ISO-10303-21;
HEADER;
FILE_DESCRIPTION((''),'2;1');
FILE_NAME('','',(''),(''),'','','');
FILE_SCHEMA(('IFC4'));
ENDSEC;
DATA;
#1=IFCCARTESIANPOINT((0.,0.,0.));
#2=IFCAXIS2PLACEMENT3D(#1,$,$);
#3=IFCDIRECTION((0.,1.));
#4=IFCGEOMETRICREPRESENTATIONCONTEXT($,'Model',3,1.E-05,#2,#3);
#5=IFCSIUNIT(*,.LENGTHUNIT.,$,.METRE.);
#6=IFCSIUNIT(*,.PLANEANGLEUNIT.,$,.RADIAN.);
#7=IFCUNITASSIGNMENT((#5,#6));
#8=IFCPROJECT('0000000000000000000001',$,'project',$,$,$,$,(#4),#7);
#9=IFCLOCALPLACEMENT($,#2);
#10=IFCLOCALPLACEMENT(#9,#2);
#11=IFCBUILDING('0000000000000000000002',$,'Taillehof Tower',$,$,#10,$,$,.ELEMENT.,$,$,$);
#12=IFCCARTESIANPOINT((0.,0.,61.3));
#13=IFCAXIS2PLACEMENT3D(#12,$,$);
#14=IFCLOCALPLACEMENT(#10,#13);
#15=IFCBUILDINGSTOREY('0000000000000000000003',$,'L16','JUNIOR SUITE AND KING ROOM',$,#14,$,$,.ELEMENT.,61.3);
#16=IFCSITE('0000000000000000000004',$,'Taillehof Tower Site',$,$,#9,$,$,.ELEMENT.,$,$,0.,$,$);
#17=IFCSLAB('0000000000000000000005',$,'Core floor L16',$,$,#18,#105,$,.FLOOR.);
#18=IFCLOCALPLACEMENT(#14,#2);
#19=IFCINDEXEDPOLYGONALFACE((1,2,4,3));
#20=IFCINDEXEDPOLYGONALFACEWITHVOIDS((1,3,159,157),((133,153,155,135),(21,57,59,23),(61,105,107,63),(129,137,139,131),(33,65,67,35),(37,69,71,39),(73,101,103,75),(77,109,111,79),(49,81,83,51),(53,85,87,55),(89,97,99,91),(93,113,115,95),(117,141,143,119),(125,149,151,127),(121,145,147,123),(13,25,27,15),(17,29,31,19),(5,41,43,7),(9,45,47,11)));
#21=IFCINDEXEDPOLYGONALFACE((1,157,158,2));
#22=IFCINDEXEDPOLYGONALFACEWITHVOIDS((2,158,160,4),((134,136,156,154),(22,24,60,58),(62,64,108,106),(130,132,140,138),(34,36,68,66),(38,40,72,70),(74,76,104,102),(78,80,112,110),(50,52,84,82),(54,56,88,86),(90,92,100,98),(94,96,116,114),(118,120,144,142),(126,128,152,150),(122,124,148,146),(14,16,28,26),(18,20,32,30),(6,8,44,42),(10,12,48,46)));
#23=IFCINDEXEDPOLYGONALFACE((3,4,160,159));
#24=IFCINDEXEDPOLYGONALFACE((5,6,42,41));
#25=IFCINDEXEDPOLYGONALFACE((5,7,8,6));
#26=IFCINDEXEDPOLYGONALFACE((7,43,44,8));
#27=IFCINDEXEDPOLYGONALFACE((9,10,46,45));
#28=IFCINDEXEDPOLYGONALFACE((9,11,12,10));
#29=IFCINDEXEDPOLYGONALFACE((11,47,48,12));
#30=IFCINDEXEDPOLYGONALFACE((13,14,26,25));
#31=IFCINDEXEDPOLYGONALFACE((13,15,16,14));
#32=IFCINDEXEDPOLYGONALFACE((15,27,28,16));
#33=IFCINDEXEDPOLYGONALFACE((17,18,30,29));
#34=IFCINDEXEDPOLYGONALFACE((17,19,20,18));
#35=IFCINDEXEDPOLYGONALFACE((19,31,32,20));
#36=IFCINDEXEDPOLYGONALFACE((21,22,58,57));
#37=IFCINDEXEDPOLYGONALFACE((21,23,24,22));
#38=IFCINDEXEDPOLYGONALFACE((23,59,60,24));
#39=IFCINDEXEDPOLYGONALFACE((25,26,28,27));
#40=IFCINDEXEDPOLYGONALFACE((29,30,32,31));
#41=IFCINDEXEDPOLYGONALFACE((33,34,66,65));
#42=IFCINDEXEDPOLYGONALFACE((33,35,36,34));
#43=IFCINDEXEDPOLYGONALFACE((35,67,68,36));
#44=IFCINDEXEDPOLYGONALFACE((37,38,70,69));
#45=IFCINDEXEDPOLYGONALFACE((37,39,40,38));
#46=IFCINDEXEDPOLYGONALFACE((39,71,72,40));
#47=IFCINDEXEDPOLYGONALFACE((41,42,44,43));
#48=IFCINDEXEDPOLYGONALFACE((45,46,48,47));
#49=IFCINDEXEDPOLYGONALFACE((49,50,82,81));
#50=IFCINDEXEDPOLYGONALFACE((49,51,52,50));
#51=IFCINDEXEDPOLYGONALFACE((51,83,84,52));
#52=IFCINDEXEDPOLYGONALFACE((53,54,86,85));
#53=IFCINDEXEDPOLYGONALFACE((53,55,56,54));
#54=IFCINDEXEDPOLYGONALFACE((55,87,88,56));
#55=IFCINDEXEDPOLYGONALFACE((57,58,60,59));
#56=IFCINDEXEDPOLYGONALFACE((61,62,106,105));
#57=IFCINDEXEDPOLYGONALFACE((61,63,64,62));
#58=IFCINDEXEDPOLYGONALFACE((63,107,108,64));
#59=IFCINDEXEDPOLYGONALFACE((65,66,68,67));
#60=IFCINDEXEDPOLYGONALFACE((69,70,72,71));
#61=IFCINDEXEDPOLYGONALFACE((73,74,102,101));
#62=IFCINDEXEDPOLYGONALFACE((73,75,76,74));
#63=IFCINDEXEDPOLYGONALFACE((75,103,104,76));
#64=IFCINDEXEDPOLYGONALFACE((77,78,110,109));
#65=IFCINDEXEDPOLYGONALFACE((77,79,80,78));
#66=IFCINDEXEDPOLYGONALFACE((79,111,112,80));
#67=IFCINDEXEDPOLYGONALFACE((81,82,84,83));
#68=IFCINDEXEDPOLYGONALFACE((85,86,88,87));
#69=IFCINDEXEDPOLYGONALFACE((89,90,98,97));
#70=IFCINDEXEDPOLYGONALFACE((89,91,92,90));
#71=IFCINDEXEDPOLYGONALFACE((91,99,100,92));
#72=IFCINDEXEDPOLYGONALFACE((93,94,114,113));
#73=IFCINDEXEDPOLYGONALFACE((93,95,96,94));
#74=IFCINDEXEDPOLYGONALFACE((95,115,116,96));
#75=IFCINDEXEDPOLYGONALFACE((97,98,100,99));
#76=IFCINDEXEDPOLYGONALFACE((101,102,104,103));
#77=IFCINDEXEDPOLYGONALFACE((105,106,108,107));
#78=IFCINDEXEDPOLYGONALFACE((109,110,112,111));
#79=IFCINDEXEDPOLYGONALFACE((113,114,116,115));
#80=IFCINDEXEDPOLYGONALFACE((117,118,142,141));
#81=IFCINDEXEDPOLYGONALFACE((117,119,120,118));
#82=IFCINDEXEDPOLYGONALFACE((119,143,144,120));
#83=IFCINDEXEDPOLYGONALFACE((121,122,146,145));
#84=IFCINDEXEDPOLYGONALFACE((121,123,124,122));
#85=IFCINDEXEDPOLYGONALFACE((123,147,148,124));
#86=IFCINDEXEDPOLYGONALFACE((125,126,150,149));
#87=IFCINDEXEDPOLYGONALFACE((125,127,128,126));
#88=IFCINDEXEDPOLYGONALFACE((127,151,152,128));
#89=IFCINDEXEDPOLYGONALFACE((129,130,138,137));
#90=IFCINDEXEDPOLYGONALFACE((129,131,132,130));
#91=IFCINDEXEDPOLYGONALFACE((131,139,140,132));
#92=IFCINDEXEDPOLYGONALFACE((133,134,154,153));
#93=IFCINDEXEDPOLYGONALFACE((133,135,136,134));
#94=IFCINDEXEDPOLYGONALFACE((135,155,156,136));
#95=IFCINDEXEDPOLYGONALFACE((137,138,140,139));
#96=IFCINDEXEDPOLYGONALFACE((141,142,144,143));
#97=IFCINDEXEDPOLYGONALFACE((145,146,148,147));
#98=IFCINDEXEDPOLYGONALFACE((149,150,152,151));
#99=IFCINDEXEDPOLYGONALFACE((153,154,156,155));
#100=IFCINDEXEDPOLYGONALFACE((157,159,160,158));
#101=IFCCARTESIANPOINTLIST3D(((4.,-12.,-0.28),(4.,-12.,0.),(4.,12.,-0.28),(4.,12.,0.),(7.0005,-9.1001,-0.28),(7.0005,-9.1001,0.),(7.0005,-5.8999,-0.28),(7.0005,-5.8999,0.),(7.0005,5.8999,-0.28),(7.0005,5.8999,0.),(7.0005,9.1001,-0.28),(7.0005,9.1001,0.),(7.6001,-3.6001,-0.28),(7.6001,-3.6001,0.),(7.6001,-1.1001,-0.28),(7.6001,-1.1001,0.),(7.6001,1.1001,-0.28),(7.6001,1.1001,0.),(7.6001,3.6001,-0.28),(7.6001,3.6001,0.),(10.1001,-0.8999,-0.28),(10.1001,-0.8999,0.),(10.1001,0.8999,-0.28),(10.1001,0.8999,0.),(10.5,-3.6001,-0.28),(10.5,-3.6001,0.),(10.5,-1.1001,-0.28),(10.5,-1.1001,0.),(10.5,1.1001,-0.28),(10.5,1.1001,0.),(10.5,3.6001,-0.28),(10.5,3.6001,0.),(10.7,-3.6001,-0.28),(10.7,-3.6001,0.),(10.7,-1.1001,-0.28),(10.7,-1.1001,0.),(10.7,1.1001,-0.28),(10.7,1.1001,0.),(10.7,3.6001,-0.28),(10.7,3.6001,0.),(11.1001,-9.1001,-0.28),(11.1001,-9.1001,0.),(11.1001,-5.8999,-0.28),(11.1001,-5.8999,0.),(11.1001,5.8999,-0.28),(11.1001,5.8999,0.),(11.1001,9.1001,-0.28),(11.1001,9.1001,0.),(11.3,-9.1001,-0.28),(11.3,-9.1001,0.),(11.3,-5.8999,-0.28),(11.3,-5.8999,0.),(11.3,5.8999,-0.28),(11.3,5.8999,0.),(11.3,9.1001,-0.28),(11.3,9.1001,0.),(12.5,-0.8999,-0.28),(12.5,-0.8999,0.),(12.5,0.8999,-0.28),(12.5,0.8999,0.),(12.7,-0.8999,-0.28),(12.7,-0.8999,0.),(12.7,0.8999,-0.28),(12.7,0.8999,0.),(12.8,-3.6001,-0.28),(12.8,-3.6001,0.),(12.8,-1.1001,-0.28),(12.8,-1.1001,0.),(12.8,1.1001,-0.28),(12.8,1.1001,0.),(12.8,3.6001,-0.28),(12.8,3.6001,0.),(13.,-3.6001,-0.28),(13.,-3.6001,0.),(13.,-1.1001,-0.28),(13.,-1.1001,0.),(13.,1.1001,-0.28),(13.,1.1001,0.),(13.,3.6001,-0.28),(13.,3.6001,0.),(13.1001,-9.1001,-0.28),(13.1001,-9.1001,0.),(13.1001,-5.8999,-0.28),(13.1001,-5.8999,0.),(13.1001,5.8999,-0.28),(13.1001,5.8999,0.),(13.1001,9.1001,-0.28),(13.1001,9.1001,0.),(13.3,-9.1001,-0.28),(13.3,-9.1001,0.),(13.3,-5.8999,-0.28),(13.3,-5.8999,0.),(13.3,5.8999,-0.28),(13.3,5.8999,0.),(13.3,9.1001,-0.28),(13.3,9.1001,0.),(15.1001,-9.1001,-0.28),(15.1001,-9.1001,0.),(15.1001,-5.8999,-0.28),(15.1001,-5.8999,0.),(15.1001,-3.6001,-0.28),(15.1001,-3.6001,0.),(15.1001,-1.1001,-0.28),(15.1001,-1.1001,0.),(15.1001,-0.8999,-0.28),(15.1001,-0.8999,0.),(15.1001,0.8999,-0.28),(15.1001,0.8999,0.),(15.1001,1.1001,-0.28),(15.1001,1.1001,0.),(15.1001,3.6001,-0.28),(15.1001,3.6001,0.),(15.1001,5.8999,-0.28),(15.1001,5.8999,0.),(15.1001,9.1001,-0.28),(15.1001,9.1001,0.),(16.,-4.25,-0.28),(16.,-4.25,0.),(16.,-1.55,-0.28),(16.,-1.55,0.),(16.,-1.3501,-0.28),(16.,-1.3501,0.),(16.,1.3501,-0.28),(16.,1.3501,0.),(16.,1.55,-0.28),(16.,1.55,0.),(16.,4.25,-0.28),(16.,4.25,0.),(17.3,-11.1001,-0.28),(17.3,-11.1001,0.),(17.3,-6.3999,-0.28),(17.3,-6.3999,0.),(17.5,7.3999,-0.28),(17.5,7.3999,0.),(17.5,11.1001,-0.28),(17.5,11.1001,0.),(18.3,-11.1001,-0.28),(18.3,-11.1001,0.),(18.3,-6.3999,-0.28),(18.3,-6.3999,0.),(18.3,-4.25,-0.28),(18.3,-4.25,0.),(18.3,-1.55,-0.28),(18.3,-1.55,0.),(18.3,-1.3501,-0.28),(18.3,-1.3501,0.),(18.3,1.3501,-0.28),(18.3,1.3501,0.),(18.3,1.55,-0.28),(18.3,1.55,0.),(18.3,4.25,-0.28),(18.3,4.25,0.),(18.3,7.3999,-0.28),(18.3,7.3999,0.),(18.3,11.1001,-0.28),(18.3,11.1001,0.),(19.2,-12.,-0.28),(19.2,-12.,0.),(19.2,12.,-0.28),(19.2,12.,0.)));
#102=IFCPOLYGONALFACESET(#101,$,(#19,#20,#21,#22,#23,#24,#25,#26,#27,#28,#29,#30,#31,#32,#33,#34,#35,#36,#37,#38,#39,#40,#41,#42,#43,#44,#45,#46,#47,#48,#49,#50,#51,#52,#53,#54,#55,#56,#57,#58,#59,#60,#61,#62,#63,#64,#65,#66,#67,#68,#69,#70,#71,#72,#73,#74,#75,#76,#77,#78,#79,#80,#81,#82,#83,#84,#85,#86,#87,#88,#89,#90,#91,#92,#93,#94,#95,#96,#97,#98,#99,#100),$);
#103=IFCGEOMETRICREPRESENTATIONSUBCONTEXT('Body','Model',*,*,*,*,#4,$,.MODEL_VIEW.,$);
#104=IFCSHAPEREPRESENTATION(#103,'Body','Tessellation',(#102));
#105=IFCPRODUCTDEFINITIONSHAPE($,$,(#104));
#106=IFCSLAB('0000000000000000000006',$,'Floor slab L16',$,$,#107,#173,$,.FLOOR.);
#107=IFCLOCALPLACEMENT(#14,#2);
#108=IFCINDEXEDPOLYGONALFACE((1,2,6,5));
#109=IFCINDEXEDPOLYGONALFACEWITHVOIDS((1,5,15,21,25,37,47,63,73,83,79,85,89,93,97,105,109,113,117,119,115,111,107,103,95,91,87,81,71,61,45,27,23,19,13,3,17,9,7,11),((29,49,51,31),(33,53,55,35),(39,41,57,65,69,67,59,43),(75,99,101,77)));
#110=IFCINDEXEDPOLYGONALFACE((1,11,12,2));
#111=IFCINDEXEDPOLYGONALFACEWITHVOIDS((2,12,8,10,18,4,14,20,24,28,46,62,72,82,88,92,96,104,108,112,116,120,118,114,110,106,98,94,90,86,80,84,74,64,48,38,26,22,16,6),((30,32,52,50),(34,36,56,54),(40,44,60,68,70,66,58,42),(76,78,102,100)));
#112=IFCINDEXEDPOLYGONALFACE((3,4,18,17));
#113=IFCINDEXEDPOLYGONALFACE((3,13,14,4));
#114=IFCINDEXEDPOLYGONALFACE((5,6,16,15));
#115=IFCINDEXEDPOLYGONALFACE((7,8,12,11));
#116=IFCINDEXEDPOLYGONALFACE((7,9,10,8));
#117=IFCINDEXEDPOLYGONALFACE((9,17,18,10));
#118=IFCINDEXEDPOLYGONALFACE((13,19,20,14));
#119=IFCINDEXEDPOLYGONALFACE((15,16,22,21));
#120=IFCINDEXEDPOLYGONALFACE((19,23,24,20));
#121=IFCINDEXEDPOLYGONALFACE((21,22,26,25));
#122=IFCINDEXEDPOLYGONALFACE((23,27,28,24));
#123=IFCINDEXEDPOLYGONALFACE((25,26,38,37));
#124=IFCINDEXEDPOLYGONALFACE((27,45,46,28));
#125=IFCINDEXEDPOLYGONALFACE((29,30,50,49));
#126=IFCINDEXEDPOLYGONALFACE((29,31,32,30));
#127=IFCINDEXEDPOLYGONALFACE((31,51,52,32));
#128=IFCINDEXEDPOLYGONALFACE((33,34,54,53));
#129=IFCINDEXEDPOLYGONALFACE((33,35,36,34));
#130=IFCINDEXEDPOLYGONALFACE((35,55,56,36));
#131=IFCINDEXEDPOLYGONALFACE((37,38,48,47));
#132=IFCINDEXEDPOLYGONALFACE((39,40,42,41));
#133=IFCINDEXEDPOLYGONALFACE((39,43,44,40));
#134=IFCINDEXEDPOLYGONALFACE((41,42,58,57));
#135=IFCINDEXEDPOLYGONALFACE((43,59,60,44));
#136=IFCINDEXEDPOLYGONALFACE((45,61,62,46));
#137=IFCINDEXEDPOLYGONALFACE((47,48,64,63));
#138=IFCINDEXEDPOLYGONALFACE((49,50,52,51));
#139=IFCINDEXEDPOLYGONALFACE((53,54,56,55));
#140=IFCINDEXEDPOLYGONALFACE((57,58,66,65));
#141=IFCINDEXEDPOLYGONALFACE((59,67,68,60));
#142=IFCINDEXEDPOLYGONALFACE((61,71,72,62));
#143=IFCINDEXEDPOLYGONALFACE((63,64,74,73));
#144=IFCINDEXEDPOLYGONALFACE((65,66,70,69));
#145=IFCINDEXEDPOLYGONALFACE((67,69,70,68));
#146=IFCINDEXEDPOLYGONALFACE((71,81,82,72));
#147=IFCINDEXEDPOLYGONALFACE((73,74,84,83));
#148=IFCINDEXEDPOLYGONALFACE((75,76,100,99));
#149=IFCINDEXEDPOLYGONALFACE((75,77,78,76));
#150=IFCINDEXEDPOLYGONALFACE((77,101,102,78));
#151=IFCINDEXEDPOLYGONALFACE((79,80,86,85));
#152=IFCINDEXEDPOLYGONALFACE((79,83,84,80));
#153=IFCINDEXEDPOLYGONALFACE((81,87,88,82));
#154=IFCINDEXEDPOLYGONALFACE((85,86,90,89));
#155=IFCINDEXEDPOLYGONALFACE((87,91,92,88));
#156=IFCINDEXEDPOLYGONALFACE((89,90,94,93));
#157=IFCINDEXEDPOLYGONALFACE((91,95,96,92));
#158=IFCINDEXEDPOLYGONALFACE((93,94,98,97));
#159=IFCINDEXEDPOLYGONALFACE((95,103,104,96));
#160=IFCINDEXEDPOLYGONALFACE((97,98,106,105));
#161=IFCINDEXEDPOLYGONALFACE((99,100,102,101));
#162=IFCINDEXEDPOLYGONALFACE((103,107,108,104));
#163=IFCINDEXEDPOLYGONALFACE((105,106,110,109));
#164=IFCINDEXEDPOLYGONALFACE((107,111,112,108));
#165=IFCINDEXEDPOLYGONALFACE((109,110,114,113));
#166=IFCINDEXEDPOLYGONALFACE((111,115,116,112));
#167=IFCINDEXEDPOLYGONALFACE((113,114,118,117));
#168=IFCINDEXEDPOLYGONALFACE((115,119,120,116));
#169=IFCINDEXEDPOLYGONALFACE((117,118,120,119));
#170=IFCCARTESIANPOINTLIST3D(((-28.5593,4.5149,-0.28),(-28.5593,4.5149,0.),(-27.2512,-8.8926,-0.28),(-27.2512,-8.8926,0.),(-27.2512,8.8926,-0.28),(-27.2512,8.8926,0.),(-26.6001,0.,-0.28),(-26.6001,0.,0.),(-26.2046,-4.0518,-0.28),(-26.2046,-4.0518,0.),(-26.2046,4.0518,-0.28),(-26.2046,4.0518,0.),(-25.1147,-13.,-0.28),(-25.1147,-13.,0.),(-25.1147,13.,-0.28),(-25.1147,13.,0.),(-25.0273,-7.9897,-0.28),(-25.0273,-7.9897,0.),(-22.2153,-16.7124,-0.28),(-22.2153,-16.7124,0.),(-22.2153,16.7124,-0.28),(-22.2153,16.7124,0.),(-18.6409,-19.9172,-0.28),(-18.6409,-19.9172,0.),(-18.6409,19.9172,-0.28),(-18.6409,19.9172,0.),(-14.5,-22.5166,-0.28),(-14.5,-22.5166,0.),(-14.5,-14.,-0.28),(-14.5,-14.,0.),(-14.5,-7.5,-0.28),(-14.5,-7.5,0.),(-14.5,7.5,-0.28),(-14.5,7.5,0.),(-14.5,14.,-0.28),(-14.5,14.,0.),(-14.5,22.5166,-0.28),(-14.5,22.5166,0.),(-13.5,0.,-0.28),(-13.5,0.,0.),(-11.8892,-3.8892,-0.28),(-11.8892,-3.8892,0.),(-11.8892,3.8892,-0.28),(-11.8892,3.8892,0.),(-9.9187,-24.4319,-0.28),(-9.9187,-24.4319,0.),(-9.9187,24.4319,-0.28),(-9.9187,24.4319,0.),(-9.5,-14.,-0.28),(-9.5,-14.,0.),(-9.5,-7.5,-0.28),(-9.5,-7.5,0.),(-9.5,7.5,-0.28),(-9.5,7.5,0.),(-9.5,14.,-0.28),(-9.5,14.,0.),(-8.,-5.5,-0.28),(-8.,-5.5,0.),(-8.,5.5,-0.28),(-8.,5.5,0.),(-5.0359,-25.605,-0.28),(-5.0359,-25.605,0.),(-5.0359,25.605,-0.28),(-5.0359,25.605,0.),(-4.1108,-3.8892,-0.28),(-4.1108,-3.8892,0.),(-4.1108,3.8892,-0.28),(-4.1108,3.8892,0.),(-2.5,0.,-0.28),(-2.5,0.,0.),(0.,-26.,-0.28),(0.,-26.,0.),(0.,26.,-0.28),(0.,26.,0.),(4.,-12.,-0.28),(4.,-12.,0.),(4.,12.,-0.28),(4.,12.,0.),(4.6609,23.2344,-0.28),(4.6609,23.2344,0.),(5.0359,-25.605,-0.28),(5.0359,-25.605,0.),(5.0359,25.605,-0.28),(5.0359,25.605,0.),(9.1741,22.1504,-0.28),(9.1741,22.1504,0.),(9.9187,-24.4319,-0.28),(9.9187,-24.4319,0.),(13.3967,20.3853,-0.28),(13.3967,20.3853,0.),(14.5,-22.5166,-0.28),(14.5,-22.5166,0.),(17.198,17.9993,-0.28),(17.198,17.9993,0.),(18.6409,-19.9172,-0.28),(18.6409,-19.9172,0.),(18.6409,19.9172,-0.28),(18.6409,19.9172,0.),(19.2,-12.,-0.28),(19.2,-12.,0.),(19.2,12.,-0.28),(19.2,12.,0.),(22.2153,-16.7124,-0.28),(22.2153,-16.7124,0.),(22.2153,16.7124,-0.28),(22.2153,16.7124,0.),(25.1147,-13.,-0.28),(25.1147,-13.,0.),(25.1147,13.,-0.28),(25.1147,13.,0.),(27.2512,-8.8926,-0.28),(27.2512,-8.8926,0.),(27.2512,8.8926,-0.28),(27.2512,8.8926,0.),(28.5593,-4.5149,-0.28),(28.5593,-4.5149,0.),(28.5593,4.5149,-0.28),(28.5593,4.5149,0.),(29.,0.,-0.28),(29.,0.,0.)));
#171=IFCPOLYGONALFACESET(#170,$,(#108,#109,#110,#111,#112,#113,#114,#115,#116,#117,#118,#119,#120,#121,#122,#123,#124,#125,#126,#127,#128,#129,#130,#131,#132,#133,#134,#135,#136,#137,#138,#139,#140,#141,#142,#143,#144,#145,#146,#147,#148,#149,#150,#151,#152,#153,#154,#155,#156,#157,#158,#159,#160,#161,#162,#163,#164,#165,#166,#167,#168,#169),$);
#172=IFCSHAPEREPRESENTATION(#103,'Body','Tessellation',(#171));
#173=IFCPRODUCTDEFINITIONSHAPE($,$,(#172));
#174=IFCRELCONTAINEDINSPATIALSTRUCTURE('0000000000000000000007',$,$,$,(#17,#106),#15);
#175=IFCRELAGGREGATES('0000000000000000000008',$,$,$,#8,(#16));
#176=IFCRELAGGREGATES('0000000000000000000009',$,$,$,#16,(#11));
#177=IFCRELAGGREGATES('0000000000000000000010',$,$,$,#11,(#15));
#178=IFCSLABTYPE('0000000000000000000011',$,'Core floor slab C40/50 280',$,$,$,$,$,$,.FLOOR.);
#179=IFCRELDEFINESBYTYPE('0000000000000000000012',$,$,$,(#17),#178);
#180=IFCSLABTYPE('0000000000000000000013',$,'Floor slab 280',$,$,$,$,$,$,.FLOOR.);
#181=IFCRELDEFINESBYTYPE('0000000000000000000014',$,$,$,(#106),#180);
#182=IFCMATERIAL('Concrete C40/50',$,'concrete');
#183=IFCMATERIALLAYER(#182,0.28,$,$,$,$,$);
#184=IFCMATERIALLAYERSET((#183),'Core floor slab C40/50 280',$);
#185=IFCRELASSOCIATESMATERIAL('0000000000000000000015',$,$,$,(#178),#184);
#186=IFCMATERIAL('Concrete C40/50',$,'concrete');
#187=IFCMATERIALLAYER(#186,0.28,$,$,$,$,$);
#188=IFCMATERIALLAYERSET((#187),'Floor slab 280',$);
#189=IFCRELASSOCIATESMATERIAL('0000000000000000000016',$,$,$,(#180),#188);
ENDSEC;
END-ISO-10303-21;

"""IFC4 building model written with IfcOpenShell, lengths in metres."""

from ifc_helpers import new_model, si_unit, direction, frame, origin, place, context, subcontext, project, spatial, polyline, outline, extrude, material, layer, layer_set, type_object, element, save


model = new_model("IFC4")

# Units and contexts
model_context = context("Model", 3, precision=1e-05, world=origin(), true_north=direction((0.0, 1.0)))
body_context = subcontext(model_context, "Body", "Model", "MODEL_VIEW")
ifc_project = project(units=[si_unit("LENGTHUNIT", "METRE"), si_unit("PLANEANGLEUNIT", "RADIAN")], contexts=[model_context])

# Site, building, storey
site_placement = place(None, origin())
site = spatial("IfcSite", under=ifc_project, at=site_placement, Name="Taillehof Tower Site", CompositionType="ELEMENT", RefElevation=0.0)
building_placement = place(site_placement, origin())
building = spatial("IfcBuilding", under=site, at=building_placement, Name="Taillehof Tower", CompositionType="ELEMENT")
storey_placement = place(building_placement, frame((0.0, 0.0, 61.3)))
storey = spatial("IfcBuildingStorey", under=building, at=storey_placement, Name="L16", Description="JUNIOR SUITE AND KING ROOM", CompositionType="ELEMENT", Elevation=61.3)

# Slabs
ifc_material_1 = material(Name="Concrete C40/50", Category="concrete")
ifc_layer_1 = layer(ifc_material_1, 0.28)
ifc_layer_set_1 = layer_set([ifc_layer_1], Name="Core floor slab C40/50 280")
slab_type_1 = type_object("IfcSlabType", Name="Core floor slab C40/50 280", PredefinedType="FLOOR", material=ifc_layer_set_1)
slab_1_placement = place(storey_placement, frame((0.0, 0.0, -0.28)))
element("IfcSlab", 1, at=slab_1_placement, inside=storey, type_object=slab_type_1, Name="Core floor L16", PredefinedType="FLOOR", context=body_context, shape_type="SweptSolid", body=[
    extrude(outline(polyline([(4.0, -12.0), (4.0, 12.0), (19.2, 12.0), (19.2, -12.0), (4.0, -12.0)]), holes=[polyline([(7.0005, -9.1001), (11.1001, -9.1001), (11.1001, -5.8999), (7.0005, -5.8999), (7.0005, -9.1001)]), polyline([(13.1001, -9.1001), (13.1001, -5.8999), (11.3, -5.8999), (11.3, -9.1001), (13.1001, -9.1001)]), polyline([(10.5, -3.6001), (10.5, -1.1001), (7.6001, -1.1001), (7.6001, -3.6001), (10.5, -3.6001)]), polyline([(12.8, -3.6001), (12.8, -1.1001), (10.7, -1.1001), (10.7, -3.6001), (12.8, -3.6001)]), polyline([(12.5, -0.8999), (12.5, 0.8999), (10.1001, 0.8999), (10.1001, -0.8999), (12.5, -0.8999)]), polyline([(15.1001, -0.8999), (15.1001, 0.8999), (12.7, 0.8999), (12.7, -0.8999), (15.1001, -0.8999)]), polyline([(10.5, 1.1001), (10.5, 3.6001), (7.6001, 3.6001), (7.6001, 1.1001), (10.5, 1.1001)]), polyline([(10.7, 1.1001), (12.8, 1.1001), (12.8, 3.6001), (10.7, 3.6001), (10.7, 1.1001)]), polyline([(11.3, 5.8999), (13.1001, 5.8999), (13.1001, 9.1001), (11.3, 9.1001), (11.3, 5.8999)]), polyline([(11.1001, 5.8999), (11.1001, 9.1001), (7.0005, 9.1001), (7.0005, 5.8999), (11.1001, 5.8999)]), polyline([(18.3, -11.1001), (18.3, -6.3999), (17.3, -6.3999), (17.3, -11.1001), (18.3, -11.1001)]), polyline([(15.1001, -9.1001), (15.1001, -5.8999), (13.3, -5.8999), (13.3, -9.1001), (15.1001, -9.1001)]), polyline([(16.0, -4.25), (18.3, -4.25), (18.3, -1.55), (16.0, -1.55), (16.0, -4.25)]), polyline([(13.0, -3.6001), (15.1001, -3.6001), (15.1001, -1.1001), (13.0, -1.1001), (13.0, -3.6001)]), polyline([(18.3, -1.3501), (18.3, 1.3501), (16.0, 1.3501), (16.0, -1.3501), (18.3, -1.3501)]), polyline([(15.1001, 1.1001), (15.1001, 3.6001), (13.0, 3.6001), (13.0, 1.1001), (15.1001, 1.1001)]), polyline([(18.3, 1.55), (18.3, 4.25), (16.0, 4.25), (16.0, 1.55), (18.3, 1.55)]), polyline([(13.3, 5.8999), (15.1001, 5.8999), (15.1001, 9.1001), (13.3, 9.1001), (13.3, 5.8999)]), polyline([(17.5, 7.3999), (18.3, 7.3999), (18.3, 11.1001), (17.5, 11.1001), (17.5, 7.3999)])]), origin(), (0.0, 0.0, 1.0), 0.28),
])
ifc_material_2 = material(Name="Concrete C40/50", Category="concrete")
ifc_layer_2 = layer(ifc_material_2, 0.28)
ifc_layer_set_2 = layer_set([ifc_layer_2], Name="Floor slab 280")
slab_type_2 = type_object("IfcSlabType", Name="Floor slab 280", PredefinedType="FLOOR", material=ifc_layer_set_2)
slab_2_placement = place(storey_placement, frame((0.0, 0.0, -0.28)))
element("IfcSlab", 2, at=slab_2_placement, inside=storey, type_object=slab_type_2, Name="Floor slab L16", PredefinedType="FLOOR", context=body_context, shape_type="SweptSolid", body=[
    extrude(outline(polyline([(29.0, 0.0), (28.5593, 4.5149), (27.2512, 8.8926), (25.1147, 13.0), (22.2153, 16.7124), (18.6409, 19.9172), (17.198, 17.9993), (13.3967, 20.3853), (9.1741, 22.1504), (4.6609, 23.2344), (5.0359, 25.605), (0.0, 26.0), (-5.0359, 25.605), (-9.9187, 24.4319), (-14.5, 22.5166), (-18.6409, 19.9172), (-22.2153, 16.7124), (-25.1147, 13.0), (-27.2512, 8.8926), (-28.5593, 4.5149), (-26.2046, 4.0518), (-26.6001, 0.0), (-26.2046, -4.0518), (-25.0273, -7.9897), (-27.2512, -8.8926), (-25.1147, -13.0), (-22.2153, -16.7124), (-18.6409, -19.9172), (-14.5, -22.5166), (-9.9187, -24.4319), (-5.0359, -25.605), (0.0, -26.0), (5.0359, -25.605), (9.9187, -24.4319), (14.5, -22.5166), (18.6409, -19.9172), (22.2153, -16.7124), (25.1147, -13.0), (27.2512, -8.8926), (28.5593, -4.5149), (29.0, 0.0)]), holes=[polyline([(-14.5, -7.5), (-9.5, -7.5), (-9.5, -14.0), (-14.5, -14.0), (-14.5, -7.5)]), polyline([(-8.0, -5.5), (-11.8892, -3.8892), (-13.5, 0.0), (-11.8892, 3.8892), (-8.0, 5.5), (-4.1108, 3.8892), (-2.5, 0.0), (-4.1108, -3.8892), (-8.0, -5.5)]), polyline([(19.2, 12.0), (19.2, -12.0), (4.0, -12.0), (4.0, 12.0), (19.2, 12.0)]), polyline([(-14.5, 14.0), (-9.5, 14.0), (-9.5, 7.5), (-14.5, 7.5), (-14.5, 14.0)])]), origin(), (0.0, 0.0, 1.0), 0.28),
])

save(model, "model.ifc")
